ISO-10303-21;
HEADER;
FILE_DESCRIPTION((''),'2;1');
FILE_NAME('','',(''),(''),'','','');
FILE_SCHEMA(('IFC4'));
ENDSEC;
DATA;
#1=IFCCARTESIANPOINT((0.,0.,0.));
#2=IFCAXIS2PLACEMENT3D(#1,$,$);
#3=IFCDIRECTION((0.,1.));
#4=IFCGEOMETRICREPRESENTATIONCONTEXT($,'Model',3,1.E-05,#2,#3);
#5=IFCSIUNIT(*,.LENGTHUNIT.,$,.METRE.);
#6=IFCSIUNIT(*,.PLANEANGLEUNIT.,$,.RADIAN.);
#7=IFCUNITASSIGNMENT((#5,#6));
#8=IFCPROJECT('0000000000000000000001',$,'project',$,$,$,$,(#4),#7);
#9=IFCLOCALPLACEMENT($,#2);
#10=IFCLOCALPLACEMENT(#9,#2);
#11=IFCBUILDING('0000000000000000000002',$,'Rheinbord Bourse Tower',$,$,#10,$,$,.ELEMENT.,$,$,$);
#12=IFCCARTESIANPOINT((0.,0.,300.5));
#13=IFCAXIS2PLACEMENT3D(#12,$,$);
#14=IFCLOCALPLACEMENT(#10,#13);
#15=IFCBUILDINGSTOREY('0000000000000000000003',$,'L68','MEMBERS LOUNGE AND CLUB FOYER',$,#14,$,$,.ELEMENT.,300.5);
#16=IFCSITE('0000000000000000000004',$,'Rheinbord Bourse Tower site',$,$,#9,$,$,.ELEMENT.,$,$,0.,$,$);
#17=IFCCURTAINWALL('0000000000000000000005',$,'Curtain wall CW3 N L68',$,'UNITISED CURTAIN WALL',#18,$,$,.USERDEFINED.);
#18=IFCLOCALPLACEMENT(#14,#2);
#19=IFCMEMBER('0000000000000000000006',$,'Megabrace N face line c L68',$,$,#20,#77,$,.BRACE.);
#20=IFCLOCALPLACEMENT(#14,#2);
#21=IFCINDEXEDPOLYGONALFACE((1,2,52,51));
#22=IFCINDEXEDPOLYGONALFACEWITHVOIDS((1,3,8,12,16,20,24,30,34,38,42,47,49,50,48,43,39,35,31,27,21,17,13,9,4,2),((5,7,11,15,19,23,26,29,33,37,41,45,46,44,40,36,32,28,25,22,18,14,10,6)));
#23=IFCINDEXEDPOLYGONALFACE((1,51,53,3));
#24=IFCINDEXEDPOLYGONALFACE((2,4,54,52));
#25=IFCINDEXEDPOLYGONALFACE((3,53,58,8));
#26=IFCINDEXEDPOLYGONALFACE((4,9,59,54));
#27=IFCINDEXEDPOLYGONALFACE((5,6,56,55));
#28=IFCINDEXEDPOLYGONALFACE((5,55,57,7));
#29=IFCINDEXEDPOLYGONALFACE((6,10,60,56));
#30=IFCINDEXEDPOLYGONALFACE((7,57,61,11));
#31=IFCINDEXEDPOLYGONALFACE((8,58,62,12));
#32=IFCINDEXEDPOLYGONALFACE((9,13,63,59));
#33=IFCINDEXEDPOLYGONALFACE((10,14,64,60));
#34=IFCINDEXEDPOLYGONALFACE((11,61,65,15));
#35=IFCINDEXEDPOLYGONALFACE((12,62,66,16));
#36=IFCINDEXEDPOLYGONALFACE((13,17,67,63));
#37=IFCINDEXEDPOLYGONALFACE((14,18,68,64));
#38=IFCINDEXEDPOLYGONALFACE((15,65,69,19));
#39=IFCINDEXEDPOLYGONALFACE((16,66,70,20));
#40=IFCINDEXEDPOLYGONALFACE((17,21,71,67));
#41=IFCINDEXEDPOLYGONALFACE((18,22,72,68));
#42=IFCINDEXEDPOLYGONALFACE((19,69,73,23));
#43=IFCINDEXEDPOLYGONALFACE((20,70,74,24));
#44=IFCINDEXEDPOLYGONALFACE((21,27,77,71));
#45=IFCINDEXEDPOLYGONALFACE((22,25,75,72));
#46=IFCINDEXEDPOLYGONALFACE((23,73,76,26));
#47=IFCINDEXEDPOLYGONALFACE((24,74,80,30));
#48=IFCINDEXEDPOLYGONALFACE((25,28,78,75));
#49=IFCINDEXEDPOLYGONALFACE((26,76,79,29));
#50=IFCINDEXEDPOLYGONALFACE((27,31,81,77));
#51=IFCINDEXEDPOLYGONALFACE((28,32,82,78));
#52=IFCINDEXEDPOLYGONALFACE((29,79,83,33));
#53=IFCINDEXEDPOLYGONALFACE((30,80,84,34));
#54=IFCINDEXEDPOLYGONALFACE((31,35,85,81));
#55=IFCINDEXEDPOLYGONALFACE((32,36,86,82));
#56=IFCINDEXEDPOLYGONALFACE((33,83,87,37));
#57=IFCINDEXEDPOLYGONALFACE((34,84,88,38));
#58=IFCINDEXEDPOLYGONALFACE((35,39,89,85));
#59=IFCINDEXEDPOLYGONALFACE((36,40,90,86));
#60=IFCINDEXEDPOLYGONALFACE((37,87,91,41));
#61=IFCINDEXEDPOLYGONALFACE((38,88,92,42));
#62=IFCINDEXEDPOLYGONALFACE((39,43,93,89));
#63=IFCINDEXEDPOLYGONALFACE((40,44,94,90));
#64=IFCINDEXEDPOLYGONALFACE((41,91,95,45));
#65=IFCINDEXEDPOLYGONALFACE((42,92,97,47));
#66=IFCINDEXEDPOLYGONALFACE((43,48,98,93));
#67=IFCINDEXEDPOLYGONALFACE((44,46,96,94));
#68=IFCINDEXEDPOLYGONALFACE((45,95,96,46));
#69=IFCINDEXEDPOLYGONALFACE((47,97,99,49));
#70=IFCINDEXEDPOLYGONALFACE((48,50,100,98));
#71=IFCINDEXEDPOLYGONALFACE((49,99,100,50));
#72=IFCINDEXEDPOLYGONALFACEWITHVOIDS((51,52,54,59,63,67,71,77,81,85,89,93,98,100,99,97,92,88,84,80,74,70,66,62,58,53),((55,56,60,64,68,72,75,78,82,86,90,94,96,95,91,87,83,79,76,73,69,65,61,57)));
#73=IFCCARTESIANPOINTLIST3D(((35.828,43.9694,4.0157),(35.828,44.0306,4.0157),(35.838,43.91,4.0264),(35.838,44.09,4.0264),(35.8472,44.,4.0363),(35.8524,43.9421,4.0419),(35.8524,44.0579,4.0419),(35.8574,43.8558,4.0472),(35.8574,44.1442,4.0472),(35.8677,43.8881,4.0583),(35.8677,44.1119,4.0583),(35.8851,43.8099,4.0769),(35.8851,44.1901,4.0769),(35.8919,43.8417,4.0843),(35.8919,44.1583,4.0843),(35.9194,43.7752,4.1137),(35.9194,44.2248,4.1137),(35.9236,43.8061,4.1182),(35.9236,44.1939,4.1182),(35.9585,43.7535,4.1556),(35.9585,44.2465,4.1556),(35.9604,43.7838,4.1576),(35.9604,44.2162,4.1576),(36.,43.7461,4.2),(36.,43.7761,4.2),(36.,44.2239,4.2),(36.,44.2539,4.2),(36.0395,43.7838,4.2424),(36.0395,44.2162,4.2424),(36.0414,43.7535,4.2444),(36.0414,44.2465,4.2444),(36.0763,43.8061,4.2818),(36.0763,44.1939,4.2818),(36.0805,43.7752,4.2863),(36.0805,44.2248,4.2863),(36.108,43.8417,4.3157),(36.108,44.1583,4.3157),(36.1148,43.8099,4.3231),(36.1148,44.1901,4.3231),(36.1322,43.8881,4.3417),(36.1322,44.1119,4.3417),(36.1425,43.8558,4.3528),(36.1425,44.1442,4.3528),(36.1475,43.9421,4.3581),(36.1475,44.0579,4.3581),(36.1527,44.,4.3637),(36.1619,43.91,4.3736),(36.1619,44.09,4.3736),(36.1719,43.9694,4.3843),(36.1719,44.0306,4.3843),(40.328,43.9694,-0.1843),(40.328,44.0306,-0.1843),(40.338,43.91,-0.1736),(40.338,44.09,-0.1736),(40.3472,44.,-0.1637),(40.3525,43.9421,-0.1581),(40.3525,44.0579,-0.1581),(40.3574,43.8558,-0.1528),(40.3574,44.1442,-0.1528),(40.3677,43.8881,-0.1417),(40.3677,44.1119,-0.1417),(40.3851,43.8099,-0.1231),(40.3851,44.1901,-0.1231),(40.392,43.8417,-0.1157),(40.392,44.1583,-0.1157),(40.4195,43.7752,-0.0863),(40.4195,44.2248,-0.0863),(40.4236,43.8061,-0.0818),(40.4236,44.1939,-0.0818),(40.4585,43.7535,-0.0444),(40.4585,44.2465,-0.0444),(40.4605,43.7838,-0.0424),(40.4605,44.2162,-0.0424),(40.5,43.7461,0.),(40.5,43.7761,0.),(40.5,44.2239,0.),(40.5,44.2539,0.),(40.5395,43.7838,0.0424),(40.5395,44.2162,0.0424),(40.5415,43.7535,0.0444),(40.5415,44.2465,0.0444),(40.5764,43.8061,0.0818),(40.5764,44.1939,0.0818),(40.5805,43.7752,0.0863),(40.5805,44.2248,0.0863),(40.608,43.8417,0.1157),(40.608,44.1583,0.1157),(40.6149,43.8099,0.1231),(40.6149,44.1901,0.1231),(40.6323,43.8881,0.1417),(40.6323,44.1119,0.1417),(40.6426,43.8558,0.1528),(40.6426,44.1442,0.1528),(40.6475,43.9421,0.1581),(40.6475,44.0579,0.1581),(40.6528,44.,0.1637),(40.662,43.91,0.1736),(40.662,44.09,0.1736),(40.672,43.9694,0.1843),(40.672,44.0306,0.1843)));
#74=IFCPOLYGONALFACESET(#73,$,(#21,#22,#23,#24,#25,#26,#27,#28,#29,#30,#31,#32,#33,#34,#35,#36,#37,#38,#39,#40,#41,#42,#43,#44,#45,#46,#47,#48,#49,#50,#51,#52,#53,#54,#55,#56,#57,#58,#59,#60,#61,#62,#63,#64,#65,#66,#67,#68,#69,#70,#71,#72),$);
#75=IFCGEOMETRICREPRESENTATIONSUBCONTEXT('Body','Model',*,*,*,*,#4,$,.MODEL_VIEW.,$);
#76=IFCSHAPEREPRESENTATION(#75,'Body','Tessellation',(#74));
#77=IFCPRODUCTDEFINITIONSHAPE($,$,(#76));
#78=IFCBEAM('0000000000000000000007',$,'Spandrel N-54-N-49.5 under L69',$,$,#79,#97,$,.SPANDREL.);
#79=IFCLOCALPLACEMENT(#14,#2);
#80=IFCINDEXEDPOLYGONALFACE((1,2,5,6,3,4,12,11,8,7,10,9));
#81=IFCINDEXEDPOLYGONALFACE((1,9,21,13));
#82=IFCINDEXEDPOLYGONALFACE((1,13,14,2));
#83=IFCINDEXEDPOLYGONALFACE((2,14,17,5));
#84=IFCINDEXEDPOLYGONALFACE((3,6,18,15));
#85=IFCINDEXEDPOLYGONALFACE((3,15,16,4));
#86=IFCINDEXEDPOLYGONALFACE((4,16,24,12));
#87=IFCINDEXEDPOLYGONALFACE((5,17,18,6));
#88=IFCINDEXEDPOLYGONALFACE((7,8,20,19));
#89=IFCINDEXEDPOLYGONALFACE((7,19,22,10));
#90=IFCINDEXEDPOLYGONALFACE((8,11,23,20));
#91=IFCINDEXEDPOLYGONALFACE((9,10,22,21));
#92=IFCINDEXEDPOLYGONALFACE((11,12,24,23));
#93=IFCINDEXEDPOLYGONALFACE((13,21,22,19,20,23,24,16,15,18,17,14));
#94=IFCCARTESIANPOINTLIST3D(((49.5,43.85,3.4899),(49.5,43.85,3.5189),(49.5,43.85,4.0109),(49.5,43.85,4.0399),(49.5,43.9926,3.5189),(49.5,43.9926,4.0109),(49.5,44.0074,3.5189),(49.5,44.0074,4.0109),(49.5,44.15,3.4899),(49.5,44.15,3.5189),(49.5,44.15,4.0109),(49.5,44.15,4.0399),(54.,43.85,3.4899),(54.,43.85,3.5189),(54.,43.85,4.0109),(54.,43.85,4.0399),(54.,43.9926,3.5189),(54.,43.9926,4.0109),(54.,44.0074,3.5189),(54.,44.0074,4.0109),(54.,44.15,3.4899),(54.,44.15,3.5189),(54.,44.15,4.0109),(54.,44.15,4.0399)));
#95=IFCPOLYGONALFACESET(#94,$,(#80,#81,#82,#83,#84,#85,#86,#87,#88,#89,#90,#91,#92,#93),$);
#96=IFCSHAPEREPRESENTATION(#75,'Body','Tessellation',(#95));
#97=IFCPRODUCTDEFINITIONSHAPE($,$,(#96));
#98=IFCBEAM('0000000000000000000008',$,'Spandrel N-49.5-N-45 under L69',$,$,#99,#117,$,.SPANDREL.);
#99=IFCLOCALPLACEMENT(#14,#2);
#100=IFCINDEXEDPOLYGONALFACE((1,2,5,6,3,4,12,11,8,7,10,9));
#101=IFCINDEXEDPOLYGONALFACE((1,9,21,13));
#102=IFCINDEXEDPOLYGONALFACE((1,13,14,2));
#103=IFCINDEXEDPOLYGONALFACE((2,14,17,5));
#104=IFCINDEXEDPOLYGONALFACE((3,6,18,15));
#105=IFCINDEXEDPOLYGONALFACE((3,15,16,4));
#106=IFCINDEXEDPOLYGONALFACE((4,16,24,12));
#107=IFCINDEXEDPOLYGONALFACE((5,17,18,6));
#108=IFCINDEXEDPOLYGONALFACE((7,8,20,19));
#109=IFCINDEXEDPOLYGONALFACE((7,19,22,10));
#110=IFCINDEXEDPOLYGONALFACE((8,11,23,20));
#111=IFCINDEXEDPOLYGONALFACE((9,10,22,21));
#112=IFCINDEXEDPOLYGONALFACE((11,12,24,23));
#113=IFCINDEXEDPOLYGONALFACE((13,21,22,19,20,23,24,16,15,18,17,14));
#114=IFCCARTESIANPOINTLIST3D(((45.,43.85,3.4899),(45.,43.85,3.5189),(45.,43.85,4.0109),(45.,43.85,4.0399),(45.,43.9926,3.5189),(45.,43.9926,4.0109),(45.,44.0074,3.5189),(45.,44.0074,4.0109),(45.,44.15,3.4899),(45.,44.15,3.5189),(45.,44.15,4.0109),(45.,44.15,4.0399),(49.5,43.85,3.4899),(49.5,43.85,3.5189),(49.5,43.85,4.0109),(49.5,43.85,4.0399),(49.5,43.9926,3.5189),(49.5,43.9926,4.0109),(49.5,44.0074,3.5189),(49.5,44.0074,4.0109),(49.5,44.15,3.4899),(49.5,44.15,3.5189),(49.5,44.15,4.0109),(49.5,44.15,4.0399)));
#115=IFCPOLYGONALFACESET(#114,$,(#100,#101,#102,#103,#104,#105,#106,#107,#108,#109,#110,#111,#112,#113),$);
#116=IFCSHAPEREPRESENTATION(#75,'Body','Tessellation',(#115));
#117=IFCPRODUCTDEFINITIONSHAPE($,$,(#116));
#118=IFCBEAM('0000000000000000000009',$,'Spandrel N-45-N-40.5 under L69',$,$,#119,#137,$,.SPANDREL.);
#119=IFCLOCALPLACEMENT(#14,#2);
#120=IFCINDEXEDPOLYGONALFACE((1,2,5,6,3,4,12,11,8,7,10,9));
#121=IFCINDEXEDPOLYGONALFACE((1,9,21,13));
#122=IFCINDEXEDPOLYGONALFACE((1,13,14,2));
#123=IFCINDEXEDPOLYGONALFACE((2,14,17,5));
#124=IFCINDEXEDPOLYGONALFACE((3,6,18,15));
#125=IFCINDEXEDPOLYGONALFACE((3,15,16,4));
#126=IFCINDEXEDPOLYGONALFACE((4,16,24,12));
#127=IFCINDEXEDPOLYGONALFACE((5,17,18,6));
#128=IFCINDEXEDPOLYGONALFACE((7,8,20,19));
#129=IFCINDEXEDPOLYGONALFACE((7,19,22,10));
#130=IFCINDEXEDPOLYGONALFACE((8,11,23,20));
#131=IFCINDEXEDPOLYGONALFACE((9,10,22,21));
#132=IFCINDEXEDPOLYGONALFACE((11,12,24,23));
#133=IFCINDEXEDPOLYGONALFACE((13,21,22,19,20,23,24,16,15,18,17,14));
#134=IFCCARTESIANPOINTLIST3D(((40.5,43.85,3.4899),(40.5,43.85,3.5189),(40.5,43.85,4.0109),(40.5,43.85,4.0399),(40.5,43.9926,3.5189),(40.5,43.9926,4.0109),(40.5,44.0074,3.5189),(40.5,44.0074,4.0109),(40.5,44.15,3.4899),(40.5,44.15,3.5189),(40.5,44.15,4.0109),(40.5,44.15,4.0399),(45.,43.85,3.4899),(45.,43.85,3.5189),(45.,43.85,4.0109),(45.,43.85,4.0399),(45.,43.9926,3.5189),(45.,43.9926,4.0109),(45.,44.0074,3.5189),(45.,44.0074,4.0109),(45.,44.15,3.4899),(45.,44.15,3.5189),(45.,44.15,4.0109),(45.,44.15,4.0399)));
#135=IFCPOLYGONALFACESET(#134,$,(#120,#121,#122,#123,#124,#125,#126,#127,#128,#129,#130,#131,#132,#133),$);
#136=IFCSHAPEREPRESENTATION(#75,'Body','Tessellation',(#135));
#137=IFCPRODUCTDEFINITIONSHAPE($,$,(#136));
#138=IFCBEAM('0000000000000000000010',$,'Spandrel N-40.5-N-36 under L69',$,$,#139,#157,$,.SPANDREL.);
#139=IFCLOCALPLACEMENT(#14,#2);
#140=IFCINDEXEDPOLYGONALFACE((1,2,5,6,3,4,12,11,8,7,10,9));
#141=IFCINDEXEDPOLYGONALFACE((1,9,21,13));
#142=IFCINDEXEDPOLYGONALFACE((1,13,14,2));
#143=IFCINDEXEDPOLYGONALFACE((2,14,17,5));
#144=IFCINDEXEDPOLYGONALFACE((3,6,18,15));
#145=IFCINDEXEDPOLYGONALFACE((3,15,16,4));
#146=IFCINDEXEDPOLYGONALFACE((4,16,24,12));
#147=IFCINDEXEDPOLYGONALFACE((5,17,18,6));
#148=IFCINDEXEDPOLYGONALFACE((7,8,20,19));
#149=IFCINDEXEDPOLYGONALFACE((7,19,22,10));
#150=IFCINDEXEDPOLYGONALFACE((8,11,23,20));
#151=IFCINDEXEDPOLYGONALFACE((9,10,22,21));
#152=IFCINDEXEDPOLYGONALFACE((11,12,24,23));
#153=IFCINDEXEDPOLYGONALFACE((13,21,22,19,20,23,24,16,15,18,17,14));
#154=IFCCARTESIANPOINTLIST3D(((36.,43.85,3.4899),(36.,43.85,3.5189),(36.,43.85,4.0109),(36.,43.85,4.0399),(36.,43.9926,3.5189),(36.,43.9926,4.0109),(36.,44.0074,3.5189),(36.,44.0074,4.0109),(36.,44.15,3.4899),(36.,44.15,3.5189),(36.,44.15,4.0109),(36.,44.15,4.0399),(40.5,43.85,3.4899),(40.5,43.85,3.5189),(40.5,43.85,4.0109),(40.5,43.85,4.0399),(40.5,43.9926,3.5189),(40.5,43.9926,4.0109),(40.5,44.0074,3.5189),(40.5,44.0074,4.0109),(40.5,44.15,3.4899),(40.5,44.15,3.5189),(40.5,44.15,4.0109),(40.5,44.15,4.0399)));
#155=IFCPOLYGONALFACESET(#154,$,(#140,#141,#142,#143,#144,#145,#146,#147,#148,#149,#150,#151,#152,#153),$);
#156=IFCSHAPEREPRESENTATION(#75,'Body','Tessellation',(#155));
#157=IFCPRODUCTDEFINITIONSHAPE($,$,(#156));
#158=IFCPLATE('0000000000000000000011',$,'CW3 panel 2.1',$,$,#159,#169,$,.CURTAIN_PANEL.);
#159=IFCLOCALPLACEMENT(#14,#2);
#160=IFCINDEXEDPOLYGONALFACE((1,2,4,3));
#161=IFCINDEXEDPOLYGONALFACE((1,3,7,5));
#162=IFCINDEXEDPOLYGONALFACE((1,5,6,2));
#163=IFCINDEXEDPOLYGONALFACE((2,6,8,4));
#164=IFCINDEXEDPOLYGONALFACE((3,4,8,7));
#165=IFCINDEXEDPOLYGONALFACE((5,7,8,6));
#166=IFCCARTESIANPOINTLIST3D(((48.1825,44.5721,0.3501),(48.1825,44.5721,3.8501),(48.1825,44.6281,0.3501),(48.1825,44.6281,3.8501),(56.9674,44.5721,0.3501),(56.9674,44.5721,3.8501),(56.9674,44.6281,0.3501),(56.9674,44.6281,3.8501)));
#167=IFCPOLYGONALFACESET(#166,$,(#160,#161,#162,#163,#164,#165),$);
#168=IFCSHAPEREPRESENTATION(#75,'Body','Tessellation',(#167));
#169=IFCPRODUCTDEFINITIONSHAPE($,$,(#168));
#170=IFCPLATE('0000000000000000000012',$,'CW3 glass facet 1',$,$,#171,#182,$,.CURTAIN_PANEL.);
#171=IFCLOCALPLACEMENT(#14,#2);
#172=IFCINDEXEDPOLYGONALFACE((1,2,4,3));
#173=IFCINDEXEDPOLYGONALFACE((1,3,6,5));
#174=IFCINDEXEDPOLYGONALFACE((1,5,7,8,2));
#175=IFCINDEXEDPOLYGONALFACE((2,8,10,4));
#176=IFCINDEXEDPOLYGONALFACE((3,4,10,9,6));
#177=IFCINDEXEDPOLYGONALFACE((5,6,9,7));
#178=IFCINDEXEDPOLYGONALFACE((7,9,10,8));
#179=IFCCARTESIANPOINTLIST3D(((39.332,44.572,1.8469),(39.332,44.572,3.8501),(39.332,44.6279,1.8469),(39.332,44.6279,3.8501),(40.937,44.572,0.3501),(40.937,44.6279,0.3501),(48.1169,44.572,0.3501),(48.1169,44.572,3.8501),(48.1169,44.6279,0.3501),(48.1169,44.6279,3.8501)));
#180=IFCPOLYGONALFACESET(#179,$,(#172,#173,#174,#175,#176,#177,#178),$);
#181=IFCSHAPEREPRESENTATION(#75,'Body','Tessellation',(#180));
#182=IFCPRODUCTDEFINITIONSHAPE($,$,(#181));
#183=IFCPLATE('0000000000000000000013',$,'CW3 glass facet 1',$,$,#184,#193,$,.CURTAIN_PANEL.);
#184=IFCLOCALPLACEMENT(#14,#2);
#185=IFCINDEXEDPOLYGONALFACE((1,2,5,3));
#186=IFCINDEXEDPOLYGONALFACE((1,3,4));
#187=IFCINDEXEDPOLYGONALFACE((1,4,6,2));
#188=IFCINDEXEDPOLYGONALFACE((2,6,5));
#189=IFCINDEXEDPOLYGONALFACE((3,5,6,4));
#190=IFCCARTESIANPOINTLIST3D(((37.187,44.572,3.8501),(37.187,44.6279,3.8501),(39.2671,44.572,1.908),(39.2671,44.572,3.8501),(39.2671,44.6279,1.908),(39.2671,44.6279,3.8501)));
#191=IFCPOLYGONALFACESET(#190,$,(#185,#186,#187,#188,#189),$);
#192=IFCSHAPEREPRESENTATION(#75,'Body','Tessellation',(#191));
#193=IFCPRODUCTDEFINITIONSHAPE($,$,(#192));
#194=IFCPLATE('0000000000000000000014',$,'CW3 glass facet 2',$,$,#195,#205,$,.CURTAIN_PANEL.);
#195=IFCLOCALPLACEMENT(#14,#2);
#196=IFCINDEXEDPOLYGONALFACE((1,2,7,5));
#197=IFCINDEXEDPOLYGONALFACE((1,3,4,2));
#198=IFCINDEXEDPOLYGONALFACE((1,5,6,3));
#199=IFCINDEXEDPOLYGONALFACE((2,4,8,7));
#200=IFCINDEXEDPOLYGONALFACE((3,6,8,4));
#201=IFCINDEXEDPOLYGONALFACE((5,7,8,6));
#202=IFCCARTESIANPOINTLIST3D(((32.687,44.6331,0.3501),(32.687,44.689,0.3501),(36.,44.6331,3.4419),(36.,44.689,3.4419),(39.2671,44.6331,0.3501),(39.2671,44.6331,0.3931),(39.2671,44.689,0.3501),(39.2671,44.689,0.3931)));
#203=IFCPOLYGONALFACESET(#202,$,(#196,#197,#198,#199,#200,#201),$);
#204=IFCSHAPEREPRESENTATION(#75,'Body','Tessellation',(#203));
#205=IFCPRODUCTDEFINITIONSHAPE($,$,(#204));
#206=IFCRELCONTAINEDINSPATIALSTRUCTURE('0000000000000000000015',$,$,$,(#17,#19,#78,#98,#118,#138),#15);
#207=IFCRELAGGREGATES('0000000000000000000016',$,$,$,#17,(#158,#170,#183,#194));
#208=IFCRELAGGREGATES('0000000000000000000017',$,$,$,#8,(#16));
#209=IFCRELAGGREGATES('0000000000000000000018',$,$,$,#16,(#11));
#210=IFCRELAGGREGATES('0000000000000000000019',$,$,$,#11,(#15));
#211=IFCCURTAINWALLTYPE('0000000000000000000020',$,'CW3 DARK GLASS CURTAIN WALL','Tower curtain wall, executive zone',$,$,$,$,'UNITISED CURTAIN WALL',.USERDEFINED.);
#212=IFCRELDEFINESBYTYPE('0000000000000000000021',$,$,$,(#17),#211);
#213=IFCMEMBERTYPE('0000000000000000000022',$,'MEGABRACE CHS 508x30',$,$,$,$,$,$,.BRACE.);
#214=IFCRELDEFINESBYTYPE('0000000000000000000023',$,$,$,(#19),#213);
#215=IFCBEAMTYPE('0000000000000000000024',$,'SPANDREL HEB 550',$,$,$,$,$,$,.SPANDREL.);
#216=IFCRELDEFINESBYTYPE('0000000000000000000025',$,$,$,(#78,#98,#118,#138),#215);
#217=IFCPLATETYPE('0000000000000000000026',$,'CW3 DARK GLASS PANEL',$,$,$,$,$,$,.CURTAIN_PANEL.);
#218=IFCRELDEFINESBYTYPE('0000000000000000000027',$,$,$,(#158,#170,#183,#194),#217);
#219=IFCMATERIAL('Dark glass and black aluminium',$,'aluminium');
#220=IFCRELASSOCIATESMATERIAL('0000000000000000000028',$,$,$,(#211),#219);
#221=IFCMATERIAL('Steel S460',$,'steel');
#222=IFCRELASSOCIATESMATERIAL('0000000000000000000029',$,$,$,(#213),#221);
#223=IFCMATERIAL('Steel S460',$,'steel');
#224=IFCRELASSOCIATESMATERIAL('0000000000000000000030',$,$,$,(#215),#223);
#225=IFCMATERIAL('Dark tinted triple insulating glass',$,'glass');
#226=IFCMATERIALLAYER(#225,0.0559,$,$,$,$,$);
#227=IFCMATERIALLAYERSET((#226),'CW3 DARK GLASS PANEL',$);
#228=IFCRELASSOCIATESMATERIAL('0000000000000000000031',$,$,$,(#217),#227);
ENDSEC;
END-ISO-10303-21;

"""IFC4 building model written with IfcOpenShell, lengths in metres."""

from ifc_helpers import new_model, si_unit, direction, frame, origin, origin_2d, place, context, subcontext, project, spatial, polyline, rectangle, hollow_circle, i_section, outline, extrude, material, layer, layer_set, material_profile, profile_set, type_object, element, aggregate, save


model = new_model("IFC4")

# Units and contexts
model_context = context("Model", 3, precision=1e-05, world=origin(), true_north=direction((0.0, 1.0)))
body_context = subcontext(model_context, "Body", "Model", "MODEL_VIEW")
ifc_project = project(units=[si_unit("LENGTHUNIT", "METRE"), si_unit("PLANEANGLEUNIT", "RADIAN")], contexts=[model_context])

# Site, building, storey
site_placement = place(None, origin())
site = spatial("IfcSite", under=ifc_project, at=site_placement, Name="Rheinbord Bourse Tower site", CompositionType="ELEMENT", RefElevation=0.0)
building_placement = place(site_placement, origin())
building = spatial("IfcBuilding", under=site, at=building_placement, Name="Rheinbord Bourse Tower", CompositionType="ELEMENT")
storey_placement = place(building_placement, frame((0.0, 0.0, 300.5)))
storey = spatial("IfcBuildingStorey", under=building, at=storey_placement, Name="L68", Description="MEMBERS LOUNGE AND CLUB FOYER", CompositionType="ELEMENT", Elevation=300.5)

# Curtain wall
ifc_material_1 = material(Name="Dark glass and black aluminium", Category="aluminium")
curtain_wall_type = type_object("IfcCurtainWallType", Name="CW3 DARK GLASS CURTAIN WALL", Description="Tower curtain wall, executive zone", ElementType="UNITISED CURTAIN WALL", PredefinedType="USERDEFINED", material=ifc_material_1)
curtain_wall_placement = place(storey_placement, origin())
curtain_wall = element("IfcCurtainWall", 1, at=curtain_wall_placement, inside=storey, type_object=curtain_wall_type, Name="Curtain wall CW3 N L68", ObjectType="UNITISED CURTAIN WALL", PredefinedType="USERDEFINED")

# Member
ifc_material_2 = material(Name="Steel S460", Category="steel")
ifc_material_profile_1 = material_profile(ifc_material_2, hollow_circle(Radius=0.2539, WallThickness=0.03, at=origin_2d()), Name="CHS 508x30")
ifc_profile_set_1 = profile_set([ifc_material_profile_1], Name="Steel S460")
member_type_1 = type_object("IfcMemberType", Name="MEGABRACE CHS 508x30", PredefinedType="BRACE", material=ifc_profile_set_1)
member_1_placement = place(storey_placement, frame((40.5, 44.0, 0.0), z_axis=(-0.731059, 0.0, 0.682314), x_axis=(0.0, -1.0, 0.0)))
element("IfcMember", 2, at=member_1_placement, inside=storey, type_object=member_type_1, Name="Megabrace N face line c L68", PredefinedType="BRACE", context=body_context, shape_type="SweptSolid", body=[
    extrude(hollow_circle(Radius=0.2539, WallThickness=0.03, at=origin_2d()), origin(), (0.0, 0.0, 1.0), 6.1555),
])

# Beams
ifc_material_3 = material(Name="Steel S460", Category="steel")
ifc_material_profile_2 = material_profile(ifc_material_3, i_section(OverallWidth=0.3, OverallDepth=0.55, WebThickness=0.0149, FlangeThickness=0.0291, at=origin_2d()), Name="HEB 550")
ifc_profile_set_2 = profile_set([ifc_material_profile_2], Name="Steel S460")
beam_type_1 = type_object("IfcBeamType", Name="SPANDREL HEB 550", PredefinedType="SPANDREL", material=ifc_profile_set_2)
for number, where, z_axis, x_axis, name in (
    (3, (54.0, 44.0, 3.7649), (-1.0, 0.0, 0.0), (0.0, -1.0, 0.0), "Spandrel N-54-N-49.5 under L69"),
    (4, (49.5, 44.0, 3.7649), (-1.0, 0.0, 0.0), (0.0, -1.0, 0.0), "Spandrel N-49.5-N-45 under L69"),
    (5, (45.0, 44.0, 3.7649), (-1.0, 0.0, 0.0), (0.0, -1.0, 0.0), "Spandrel N-45-N-40.5 under L69"),
    (6, (40.5, 44.0, 3.7649), (-1.0, 0.0, 0.0), (0.0, -1.0, 0.0), "Spandrel N-40.5-N-36 under L69"),
):
    element("IfcBeam", number, at=place(storey_placement, frame(where, z_axis=z_axis, x_axis=x_axis)), inside=storey, type_object=beam_type_1, Name=name, PredefinedType="SPANDREL", context=body_context, shape_type="SweptSolid", body=[
        extrude(i_section(OverallWidth=0.3, OverallDepth=0.55, WebThickness=0.0149, FlangeThickness=0.0291, at=origin_2d()), origin(), (0.0, 0.0, 1.0), 4.5),
    ])

# Plates
ifc_material_4 = material(Name="Dark tinted triple insulating glass", Category="glass")
ifc_layer_1 = layer(ifc_material_4, 0.0559)
ifc_layer_set_1 = layer_set([ifc_layer_1], Name="CW3 DARK GLASS PANEL")
plate_type = type_object("IfcPlateType", Name="CW3 DARK GLASS PANEL", PredefinedType="CURTAIN_PANEL", material=ifc_layer_set_1)
plate_1_placement = place(storey_placement, frame((52.575, 44.6001, 0.3501), z_axis=(0.0, 0.0, 1.0), x_axis=(-1.0, 0.0, 0.0)))
plate_1 = element("IfcPlate", 7, at=plate_1_placement, type_object=plate_type, Name="CW3 panel 2.1", PredefinedType="CURTAIN_PANEL", context=body_context, shape_type="SweptSolid", body=[
    extrude(rectangle(XDim=8.7849, YDim=0.0559, at=origin_2d()), origin(), (0.0, 0.0, 1.0), 3.5),
])
plate_2_placement = place(storey_placement, frame((48.1169, 44.6279, 0.3501), z_axis=(0.0, -1.0, 0.0), x_axis=(0.0, 0.0, 1.0)))
plate_2 = element("IfcPlate", 8, at=plate_2_placement, type_object=plate_type, Name="CW3 glass facet 1", PredefinedType="CURTAIN_PANEL", context=body_context, shape_type="SweptSolid", body=[
    extrude(outline(polyline([(0.0, 0.0), (3.5, 0.0), (3.5, 8.7849), (1.4968, 8.7849), (0.0, 7.1799), (0.0, 0.0)])), origin(), (0.0, 0.0, 1.0), 0.0559),
])
plate_3_placement = place(storey_placement, frame((39.2671, 44.6279, 3.8501), z_axis=(0.0, -1.0, 0.0), x_axis=(-1.0, 0.0, 0.0)))
plate_3 = element("IfcPlate", 9, at=plate_3_placement, type_object=plate_type, Name="CW3 glass facet 1", PredefinedType="CURTAIN_PANEL", context=body_context, shape_type="SweptSolid", body=[
    extrude(outline(polyline([(0.0, 0.0), (2.0801, 0.0), (0.0, 1.9421), (0.0, 0.0)])), origin(), (0.0, 0.0, 1.0), 0.0559),
])
plate_4_placement = place(storey_placement, frame((39.2671, 44.689, 0.3501), z_axis=(0.0, -1.0, 0.0), x_axis=(0.0, 0.0, 1.0)))
plate_4 = element("IfcPlate", 10, at=plate_4_placement, type_object=plate_type, Name="CW3 glass facet 2", PredefinedType="CURTAIN_PANEL", context=body_context, shape_type="SweptSolid", body=[
    extrude(outline(polyline([(0.0, 0.0), (0.043, 0.0), (3.0918, 3.2671), (0.0, 6.5801), (0.0, 0.0)])), origin(), (0.0, 0.0, 1.0), 0.0559),
])
aggregate(curtain_wall, [plate_1, plate_2, plate_3, plate_4])

save(model, "model.ifc")
